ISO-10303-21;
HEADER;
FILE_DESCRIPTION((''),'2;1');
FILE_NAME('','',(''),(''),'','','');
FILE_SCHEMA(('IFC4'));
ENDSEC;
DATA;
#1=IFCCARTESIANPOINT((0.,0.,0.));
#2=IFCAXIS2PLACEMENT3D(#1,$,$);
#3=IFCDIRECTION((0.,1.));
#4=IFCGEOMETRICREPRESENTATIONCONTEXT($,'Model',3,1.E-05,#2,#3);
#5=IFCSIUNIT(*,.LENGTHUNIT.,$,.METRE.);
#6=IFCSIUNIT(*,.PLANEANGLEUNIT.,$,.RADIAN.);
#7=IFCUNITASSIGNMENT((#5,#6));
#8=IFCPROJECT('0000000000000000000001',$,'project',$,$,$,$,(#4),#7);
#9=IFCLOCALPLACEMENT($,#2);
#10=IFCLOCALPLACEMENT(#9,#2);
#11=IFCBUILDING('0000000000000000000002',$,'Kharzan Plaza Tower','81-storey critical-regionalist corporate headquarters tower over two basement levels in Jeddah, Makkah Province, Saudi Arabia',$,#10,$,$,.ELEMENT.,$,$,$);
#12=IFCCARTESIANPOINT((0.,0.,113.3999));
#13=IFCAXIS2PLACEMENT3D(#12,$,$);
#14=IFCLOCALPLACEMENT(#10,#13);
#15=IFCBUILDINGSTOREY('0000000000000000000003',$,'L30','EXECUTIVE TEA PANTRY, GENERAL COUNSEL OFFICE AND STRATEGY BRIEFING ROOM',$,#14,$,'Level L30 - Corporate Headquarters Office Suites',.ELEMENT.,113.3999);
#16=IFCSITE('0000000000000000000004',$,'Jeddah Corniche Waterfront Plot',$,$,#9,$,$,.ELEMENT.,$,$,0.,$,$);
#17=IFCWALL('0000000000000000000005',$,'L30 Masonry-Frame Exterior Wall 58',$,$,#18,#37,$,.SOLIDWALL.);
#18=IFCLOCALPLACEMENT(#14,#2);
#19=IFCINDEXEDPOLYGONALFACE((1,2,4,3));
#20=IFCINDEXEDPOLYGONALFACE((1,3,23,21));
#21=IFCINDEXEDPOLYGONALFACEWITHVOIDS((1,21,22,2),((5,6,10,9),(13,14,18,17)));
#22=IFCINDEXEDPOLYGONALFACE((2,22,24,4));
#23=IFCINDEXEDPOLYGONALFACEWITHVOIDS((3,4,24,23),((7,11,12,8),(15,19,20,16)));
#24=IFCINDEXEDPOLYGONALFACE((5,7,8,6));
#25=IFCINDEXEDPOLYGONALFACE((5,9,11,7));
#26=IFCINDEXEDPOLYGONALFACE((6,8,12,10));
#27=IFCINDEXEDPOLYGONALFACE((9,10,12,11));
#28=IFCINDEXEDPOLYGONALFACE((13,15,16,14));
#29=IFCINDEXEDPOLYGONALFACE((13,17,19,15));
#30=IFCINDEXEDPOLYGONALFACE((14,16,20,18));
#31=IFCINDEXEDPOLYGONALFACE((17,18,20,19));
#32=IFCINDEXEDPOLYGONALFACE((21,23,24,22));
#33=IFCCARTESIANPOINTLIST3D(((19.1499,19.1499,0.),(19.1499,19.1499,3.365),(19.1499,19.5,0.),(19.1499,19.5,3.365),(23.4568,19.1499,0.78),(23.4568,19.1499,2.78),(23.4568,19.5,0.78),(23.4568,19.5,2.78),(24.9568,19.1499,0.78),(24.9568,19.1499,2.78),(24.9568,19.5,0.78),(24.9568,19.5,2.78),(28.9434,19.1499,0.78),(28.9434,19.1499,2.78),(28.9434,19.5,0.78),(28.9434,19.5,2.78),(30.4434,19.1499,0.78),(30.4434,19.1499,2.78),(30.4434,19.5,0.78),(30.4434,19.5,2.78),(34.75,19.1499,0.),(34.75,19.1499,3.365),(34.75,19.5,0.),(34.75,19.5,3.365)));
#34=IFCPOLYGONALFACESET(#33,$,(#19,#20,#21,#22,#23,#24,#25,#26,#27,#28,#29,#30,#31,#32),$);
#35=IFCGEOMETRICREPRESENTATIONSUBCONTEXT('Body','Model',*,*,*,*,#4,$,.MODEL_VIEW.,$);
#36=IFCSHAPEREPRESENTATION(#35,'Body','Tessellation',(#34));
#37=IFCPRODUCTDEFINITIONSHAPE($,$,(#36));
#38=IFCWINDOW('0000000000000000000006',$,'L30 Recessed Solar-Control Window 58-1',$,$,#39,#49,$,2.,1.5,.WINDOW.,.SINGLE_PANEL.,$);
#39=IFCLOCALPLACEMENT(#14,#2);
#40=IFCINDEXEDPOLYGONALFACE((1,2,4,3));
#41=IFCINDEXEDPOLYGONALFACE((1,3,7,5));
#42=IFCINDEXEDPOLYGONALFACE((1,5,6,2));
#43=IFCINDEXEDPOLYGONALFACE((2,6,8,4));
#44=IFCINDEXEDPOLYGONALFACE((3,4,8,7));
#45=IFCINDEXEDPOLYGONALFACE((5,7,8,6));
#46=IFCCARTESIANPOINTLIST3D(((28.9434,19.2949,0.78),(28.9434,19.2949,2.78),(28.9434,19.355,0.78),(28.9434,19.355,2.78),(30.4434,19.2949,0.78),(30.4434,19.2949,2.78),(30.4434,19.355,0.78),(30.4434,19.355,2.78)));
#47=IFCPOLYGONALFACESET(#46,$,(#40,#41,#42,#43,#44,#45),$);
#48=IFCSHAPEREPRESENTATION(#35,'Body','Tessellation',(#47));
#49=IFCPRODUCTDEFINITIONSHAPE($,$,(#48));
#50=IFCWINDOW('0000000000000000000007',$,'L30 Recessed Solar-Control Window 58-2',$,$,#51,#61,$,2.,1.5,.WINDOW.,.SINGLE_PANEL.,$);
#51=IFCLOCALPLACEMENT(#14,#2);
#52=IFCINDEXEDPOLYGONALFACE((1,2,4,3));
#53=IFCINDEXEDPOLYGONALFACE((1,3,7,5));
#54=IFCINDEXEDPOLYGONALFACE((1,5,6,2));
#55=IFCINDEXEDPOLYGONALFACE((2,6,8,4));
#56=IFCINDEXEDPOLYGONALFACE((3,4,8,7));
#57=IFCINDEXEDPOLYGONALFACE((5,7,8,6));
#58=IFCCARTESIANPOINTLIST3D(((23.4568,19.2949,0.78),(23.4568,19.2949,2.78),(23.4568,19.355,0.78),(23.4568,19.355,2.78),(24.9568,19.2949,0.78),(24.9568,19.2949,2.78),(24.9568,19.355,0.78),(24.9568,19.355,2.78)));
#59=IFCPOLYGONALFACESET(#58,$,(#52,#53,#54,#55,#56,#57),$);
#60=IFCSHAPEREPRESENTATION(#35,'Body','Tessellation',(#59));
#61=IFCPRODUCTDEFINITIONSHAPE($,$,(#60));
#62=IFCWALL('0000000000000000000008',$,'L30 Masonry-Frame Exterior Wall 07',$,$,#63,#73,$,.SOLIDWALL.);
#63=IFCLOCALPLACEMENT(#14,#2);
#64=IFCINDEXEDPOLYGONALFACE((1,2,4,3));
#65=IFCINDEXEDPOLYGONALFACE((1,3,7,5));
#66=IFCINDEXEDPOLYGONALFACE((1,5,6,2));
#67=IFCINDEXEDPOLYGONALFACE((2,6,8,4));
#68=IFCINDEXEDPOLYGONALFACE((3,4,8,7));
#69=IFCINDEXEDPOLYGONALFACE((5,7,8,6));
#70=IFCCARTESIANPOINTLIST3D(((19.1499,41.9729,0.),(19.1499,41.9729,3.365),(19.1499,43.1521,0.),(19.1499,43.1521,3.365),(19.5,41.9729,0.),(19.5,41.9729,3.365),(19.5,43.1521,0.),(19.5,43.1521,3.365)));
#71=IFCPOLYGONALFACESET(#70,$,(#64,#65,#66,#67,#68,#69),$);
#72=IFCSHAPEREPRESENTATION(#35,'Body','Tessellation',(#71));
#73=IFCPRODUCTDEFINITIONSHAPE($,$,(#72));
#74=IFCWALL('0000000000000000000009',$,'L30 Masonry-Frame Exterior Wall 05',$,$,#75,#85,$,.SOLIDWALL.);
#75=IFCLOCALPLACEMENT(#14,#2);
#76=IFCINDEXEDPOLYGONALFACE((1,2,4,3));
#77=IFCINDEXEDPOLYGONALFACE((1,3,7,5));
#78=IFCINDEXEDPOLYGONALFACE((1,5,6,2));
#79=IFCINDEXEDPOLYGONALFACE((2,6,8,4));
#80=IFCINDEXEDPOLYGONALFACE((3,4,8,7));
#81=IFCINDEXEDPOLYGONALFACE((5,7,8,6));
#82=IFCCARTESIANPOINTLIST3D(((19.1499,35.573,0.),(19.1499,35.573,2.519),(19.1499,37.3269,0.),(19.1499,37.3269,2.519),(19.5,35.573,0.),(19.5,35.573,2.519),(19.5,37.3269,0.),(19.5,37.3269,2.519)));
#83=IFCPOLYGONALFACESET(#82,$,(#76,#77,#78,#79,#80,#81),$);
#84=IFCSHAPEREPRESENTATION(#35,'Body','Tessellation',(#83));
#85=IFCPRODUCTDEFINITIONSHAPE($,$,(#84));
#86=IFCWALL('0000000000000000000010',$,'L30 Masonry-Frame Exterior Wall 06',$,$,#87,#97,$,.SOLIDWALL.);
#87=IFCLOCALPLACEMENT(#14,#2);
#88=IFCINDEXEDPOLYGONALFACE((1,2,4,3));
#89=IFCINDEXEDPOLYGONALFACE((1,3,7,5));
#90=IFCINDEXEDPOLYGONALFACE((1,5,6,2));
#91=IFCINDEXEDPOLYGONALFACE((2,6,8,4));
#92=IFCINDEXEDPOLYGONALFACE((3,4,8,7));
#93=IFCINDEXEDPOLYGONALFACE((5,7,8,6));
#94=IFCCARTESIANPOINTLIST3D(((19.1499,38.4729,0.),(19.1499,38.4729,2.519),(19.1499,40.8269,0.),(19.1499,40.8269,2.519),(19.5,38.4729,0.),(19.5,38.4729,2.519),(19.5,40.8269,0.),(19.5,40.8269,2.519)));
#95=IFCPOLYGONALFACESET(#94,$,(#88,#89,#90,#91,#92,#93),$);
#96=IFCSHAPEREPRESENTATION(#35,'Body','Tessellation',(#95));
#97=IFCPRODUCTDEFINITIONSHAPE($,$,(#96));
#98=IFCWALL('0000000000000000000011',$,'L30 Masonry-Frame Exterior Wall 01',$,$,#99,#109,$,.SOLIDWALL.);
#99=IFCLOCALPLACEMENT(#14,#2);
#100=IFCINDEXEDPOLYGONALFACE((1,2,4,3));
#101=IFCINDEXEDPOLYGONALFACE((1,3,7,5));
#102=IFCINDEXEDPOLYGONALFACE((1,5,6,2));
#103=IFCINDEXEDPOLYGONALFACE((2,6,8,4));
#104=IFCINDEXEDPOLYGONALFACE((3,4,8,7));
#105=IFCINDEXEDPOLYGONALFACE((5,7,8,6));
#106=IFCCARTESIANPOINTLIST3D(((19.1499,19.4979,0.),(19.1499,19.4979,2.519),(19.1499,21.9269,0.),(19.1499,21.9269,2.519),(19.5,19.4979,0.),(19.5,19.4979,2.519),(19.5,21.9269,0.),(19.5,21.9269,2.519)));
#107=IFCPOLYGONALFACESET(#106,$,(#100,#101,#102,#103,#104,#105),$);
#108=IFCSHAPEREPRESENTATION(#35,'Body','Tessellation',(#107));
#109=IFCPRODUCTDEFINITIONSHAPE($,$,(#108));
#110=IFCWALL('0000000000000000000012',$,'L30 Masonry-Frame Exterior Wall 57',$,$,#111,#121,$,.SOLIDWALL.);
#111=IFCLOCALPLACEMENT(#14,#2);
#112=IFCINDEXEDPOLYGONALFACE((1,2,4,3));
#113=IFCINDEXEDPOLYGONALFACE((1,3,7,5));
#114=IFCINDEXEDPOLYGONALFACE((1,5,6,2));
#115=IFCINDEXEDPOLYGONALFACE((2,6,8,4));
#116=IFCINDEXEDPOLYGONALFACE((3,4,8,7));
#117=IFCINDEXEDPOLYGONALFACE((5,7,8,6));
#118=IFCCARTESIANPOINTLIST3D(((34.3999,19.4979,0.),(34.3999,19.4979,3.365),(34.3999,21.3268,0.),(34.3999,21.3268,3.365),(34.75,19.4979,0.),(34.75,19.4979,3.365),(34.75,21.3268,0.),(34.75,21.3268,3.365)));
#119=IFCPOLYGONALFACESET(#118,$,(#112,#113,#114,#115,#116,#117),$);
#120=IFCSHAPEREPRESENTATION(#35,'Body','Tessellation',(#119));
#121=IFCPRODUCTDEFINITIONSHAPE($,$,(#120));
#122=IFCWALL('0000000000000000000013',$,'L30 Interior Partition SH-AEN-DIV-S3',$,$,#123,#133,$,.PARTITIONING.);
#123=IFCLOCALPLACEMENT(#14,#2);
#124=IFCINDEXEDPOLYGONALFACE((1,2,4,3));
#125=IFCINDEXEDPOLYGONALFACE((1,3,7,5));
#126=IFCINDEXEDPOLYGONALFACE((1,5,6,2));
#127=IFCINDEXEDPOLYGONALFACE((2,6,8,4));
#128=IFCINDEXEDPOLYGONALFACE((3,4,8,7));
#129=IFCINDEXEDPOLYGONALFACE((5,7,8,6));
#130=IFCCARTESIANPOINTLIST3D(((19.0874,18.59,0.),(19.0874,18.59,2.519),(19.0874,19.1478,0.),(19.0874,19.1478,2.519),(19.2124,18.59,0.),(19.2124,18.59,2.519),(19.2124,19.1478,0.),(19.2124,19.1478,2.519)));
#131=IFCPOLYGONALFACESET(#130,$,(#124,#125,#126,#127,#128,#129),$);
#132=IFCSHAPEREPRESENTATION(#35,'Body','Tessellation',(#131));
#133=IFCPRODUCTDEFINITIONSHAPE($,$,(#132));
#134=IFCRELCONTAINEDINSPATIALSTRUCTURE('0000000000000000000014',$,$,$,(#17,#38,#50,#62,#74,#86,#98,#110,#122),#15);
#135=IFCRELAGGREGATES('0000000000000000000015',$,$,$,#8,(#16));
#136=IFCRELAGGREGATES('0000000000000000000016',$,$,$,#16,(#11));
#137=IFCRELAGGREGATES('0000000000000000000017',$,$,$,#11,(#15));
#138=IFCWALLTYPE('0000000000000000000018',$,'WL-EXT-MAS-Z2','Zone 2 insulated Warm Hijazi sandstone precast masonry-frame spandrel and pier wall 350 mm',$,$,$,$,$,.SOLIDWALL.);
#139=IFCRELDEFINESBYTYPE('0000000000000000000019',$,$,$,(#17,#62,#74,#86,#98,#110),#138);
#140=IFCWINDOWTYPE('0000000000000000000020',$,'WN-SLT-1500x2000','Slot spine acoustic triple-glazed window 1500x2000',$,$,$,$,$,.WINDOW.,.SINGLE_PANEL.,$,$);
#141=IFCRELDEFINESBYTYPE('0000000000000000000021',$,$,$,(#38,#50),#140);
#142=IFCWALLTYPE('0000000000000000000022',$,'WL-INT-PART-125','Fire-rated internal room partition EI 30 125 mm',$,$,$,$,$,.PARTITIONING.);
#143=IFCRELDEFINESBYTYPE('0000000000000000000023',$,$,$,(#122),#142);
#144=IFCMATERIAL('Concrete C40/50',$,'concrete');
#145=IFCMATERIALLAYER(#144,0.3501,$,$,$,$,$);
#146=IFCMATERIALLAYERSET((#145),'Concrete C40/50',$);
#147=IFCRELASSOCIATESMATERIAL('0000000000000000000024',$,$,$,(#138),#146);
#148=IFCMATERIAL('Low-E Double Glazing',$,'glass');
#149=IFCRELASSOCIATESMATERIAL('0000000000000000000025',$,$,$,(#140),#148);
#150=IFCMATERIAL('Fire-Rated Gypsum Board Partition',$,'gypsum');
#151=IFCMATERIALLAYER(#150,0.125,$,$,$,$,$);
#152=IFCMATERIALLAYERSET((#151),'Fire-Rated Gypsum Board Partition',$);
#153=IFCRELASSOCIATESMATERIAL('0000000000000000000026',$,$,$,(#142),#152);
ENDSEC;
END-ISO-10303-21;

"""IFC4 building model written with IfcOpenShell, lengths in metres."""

from ifc_helpers import new_model, si_unit, direction, frame, frame_2d, origin, place, context, subcontext, project, spatial, rectangle, extrude, source, transform, mapped, material, layer, layer_set, type_object, element, fill, save


model = new_model("IFC4")

# Units and contexts
model_context = context("Model", 3, precision=1e-05, world=origin(), true_north=direction((0.0, 1.0)))
body_context = subcontext(model_context, "Body", "Model", "MODEL_VIEW")
ifc_project = project(units=[si_unit("LENGTHUNIT", "METRE"), si_unit("PLANEANGLEUNIT", "RADIAN")], contexts=[model_context])

# Site, building, storey
site_placement = place(None, origin())
site = spatial("IfcSite", under=ifc_project, at=site_placement, Name="Jeddah Corniche Waterfront Plot", CompositionType="ELEMENT", RefElevation=0.0)
building_placement = place(site_placement, origin())
building = spatial("IfcBuilding", under=site, at=building_placement, Name="Kharzan Plaza Tower", Description="81-storey critical-regionalist corporate headquarters tower over two basement levels in Jeddah, Makkah Province, Saudi Arabia", CompositionType="ELEMENT")
storey_placement = place(building_placement, frame((0.0, 0.0, 113.3999)))
storey = spatial("IfcBuildingStorey", under=building, at=storey_placement, Name="L30", Description="EXECUTIVE TEA PANTRY, GENERAL COUNSEL OFFICE AND STRATEGY BRIEFING ROOM", LongName="Level L30 - Corporate Headquarters Office Suites", CompositionType="ELEMENT", Elevation=113.3999)

# Shared definitions
ifc_material_1 = material(Name="Concrete C40/50", Category="concrete")
ifc_layer_1 = layer(ifc_material_1, 0.3501)
ifc_layer_set_1 = layer_set([ifc_layer_1], Name="Concrete C40/50")
wall_type_1 = type_object("IfcWallType", Name="WL-EXT-MAS-Z2", Description="Zone 2 insulated Warm Hijazi sandstone precast masonry-frame spandrel and pier wall 350 mm", PredefinedType="SOLIDWALL", material=ifc_layer_set_1)
ifc_material_2 = material(Name="Low-E Double Glazing", Category="glass")
window_type_1 = type_object("IfcWindowType", Name="WN-SLT-1500x2000", Description="Slot spine acoustic triple-glazed window 1500x2000", PartitioningType="SINGLE_PANEL", PredefinedType="WINDOW", material=ifc_material_2)

# Wall, openings, windows
wall_1_placement = place(storey_placement, frame((34.75, 19.325, 0.0), z_axis=(0.0, 0.0, 1.0), x_axis=(-1.0, 0.0, 0.0)))
wall_1 = element("IfcWall", 1, at=wall_1_placement, inside=storey, type_object=wall_type_1, Name="L30 Masonry-Frame Exterior Wall 58", PredefinedType="SOLIDWALL", context=body_context, shape_type="SweptSolid", body=[
    extrude(rectangle(XDim=15.6001, YDim=0.3501, at=frame_2d((7.8, 0.0))), origin(), (0.0, 0.0, 1.0), 3.365),
])
opening_1_placement = place(wall_1_placement, frame((4.3066, 0.0, 0.78)))
opening_1 = element("IfcOpeningElement", 2, at=opening_1_placement, cuts=wall_1, PredefinedType="OPENING", context=body_context, shape_type="SweptSolid", body=[
    extrude(rectangle(XDim=1.5, YDim=2.0, at=frame_2d((0.75, 1.0))), frame((0.0, 0.1851, 0.0), z_axis=(0.0, -1.0, 0.0), x_axis=(1.0, 0.0, 0.0)), (0.0, 0.0, 1.0), 0.3701),
])
opening_2_placement = place(wall_1_placement, frame((9.7932, 0.0, 0.78)))
opening_2 = element("IfcOpeningElement", 3, at=opening_2_placement, cuts=wall_1, PredefinedType="OPENING", context=body_context, shape_type="SweptSolid", body=[
    extrude(rectangle(XDim=1.5, YDim=2.0, at=frame_2d((0.75, 1.0))), frame((0.0, 0.1851, 0.0), z_axis=(0.0, -1.0, 0.0), x_axis=(1.0, 0.0, 0.0)), (0.0, 0.0, 1.0), 0.3701),
])
shared_shape_1 = source(origin(), body_context, "Body", "SweptSolid", [
    extrude(rectangle(XDim=1.5, YDim=2.0, at=frame_2d((0.75, 1.0))), frame((0.0, 0.03, 0.0), z_axis=(0.0, -1.0, 0.0), x_axis=(1.0, 0.0, 0.0)), (0.0, 0.0, 1.0), 0.0601),
])
window_1_placement = place(opening_1_placement, origin())
window_1 = element("IfcWindow", 4, at=window_1_placement, inside=storey, type_object=window_type_1, Name="L30 Recessed Solar-Control Window 58-1", OverallHeight=2.0, OverallWidth=1.5, PartitioningType="SINGLE_PANEL", PredefinedType="WINDOW", context=body_context, shape_type="MappedRepresentation", body=[
    mapped(shared_shape_1, transform((0.0, 0.0, 0.0), x_axis=(1.0, 0.0, 0.0), y_axis=(0.0, 1.0, 0.0), z_axis=(0.0, 0.0, 1.0))),
])
fill(opening_1, window_1)
window_2_placement = place(opening_2_placement, origin())
window_2 = element("IfcWindow", 5, at=window_2_placement, inside=storey, type_object=window_type_1, Name="L30 Recessed Solar-Control Window 58-2", OverallHeight=2.0, OverallWidth=1.5, PartitioningType="SINGLE_PANEL", PredefinedType="WINDOW", context=body_context, shape_type="MappedRepresentation", body=[
    mapped(shared_shape_1, transform((0.0, 0.0, 0.0), x_axis=(1.0, 0.0, 0.0), y_axis=(0.0, 1.0, 0.0), z_axis=(0.0, 0.0, 1.0))),
])
fill(opening_2, window_2)

# Walls
shared_shape_2 = source(origin(), body_context, "Body", "SweptSolid", [
    extrude(rectangle(XDim=1.1792, YDim=0.3501, at=frame_2d((0.5896, 0.0))), origin(), (0.0, 0.0, 1.0), 3.365),
])
wall_2_placement = place(storey_placement, frame((19.325, 41.9729, 0.0), z_axis=(0.0, 0.0, 1.0), x_axis=(0.0, 1.0, 0.0)))
element("IfcWall", 6, at=wall_2_placement, inside=storey, type_object=wall_type_1, Name="L30 Masonry-Frame Exterior Wall 07", PredefinedType="SOLIDWALL", context=body_context, shape_type="MappedRepresentation", body=[
    mapped(shared_shape_2, transform((0.0, 0.0, 0.0), x_axis=(1.0, 0.0, 0.0), y_axis=(0.0, 1.0, 0.0), z_axis=(0.0, 0.0, 1.0))),
])
shared_shape_3 = source(origin(), body_context, "Body", "SweptSolid", [
    extrude(rectangle(XDim=1.7539, YDim=0.3501, at=frame_2d((0.877, 0.0))), origin(), (0.0, 0.0, 1.0), 2.519),
])
wall_3_placement = place(storey_placement, frame((19.325, 35.573, 0.0), z_axis=(0.0, 0.0, 1.0), x_axis=(0.0, 1.0, 0.0)))
element("IfcWall", 7, at=wall_3_placement, inside=storey, type_object=wall_type_1, Name="L30 Masonry-Frame Exterior Wall 05", PredefinedType="SOLIDWALL", context=body_context, shape_type="MappedRepresentation", body=[
    mapped(shared_shape_3, transform((0.0, 0.0, 0.0), x_axis=(1.0, 0.0, 0.0), y_axis=(0.0, 1.0, 0.0), z_axis=(0.0, 0.0, 1.0))),
])
shared_shape_4 = source(origin(), body_context, "Body", "SweptSolid", [
    extrude(rectangle(XDim=2.354, YDim=0.3501, at=frame_2d((1.177, 0.0))), origin(), (0.0, 0.0, 1.0), 2.519),
])
wall_4_placement = place(storey_placement, frame((19.325, 38.4729, 0.0), z_axis=(0.0, 0.0, 1.0), x_axis=(0.0, 1.0, 0.0)))
element("IfcWall", 8, at=wall_4_placement, inside=storey, type_object=wall_type_1, Name="L30 Masonry-Frame Exterior Wall 06", PredefinedType="SOLIDWALL", context=body_context, shape_type="MappedRepresentation", body=[
    mapped(shared_shape_4, transform((0.0, 0.0, 0.0), x_axis=(1.0, 0.0, 0.0), y_axis=(0.0, 1.0, 0.0), z_axis=(0.0, 0.0, 1.0))),
])
shared_shape_5 = source(origin(), body_context, "Body", "SweptSolid", [
    extrude(rectangle(XDim=2.429, YDim=0.3501, at=frame_2d((1.2144, 0.0))), origin(), (0.0, 0.0, 1.0), 2.519),
])
wall_5_placement = place(storey_placement, frame((19.325, 19.498, 0.0), z_axis=(0.0, 0.0, 1.0), x_axis=(0.0, 1.0, 0.0)))
element("IfcWall", 9, at=wall_5_placement, inside=storey, type_object=wall_type_1, Name="L30 Masonry-Frame Exterior Wall 01", PredefinedType="SOLIDWALL", context=body_context, shape_type="MappedRepresentation", body=[
    mapped(shared_shape_5, transform((0.0, 0.0, 0.0), x_axis=(1.0, 0.0, 0.0), y_axis=(0.0, 1.0, 0.0), z_axis=(0.0, 0.0, 1.0))),
])
shared_shape_6 = source(origin(), body_context, "Body", "SweptSolid", [
    extrude(rectangle(XDim=1.8289, YDim=0.3501, at=frame_2d((0.9146, 0.0))), origin(), (0.0, 0.0, 1.0), 3.365),
])
wall_6_placement = place(storey_placement, frame((34.575, 21.3269, 0.0), z_axis=(0.0, 0.0, 1.0), x_axis=(0.0, -1.0, 0.0)))
element("IfcWall", 10, at=wall_6_placement, inside=storey, type_object=wall_type_1, Name="L30 Masonry-Frame Exterior Wall 57", PredefinedType="SOLIDWALL", context=body_context, shape_type="MappedRepresentation", body=[
    mapped(shared_shape_6, transform((0.0, 0.0, 0.0), x_axis=(1.0, 0.0, 0.0), y_axis=(0.0, 1.0, 0.0), z_axis=(0.0, 0.0, 1.0))),
])
ifc_material_3 = material(Name="Fire-Rated Gypsum Board Partition", Category="gypsum")
ifc_layer_2 = layer(ifc_material_3, 0.125)
ifc_layer_set_2 = layer_set([ifc_layer_2], Name="Fire-Rated Gypsum Board Partition")
wall_type_2 = type_object("IfcWallType", Name="WL-INT-PART-125", Description="Fire-rated internal room partition EI 30 125 mm", PredefinedType="PARTITIONING", material=ifc_layer_set_2)
shared_shape_7 = source(origin(), body_context, "Body", "SweptSolid", [
    extrude(rectangle(XDim=0.5579, YDim=0.125, at=frame_2d((0.2788, 0.0))), origin(), (0.0, 0.0, 1.0), 2.519),
])
wall_7_placement = place(storey_placement, frame((19.1499, 18.5901, 0.0), z_axis=(0.0, 0.0, 1.0), x_axis=(0.0, 1.0, 0.0)))
element("IfcWall", 11, at=wall_7_placement, inside=storey, type_object=wall_type_2, Name="L30 Interior Partition SH-AEN-DIV-S3", PredefinedType="PARTITIONING", context=body_context, shape_type="MappedRepresentation", body=[
    mapped(shared_shape_7, transform((0.0, 0.0, 0.0), x_axis=(1.0, 0.0, 0.0), y_axis=(0.0, 1.0, 0.0), z_axis=(0.0, 0.0, 1.0))),
])

save(model, "model.ifc")
